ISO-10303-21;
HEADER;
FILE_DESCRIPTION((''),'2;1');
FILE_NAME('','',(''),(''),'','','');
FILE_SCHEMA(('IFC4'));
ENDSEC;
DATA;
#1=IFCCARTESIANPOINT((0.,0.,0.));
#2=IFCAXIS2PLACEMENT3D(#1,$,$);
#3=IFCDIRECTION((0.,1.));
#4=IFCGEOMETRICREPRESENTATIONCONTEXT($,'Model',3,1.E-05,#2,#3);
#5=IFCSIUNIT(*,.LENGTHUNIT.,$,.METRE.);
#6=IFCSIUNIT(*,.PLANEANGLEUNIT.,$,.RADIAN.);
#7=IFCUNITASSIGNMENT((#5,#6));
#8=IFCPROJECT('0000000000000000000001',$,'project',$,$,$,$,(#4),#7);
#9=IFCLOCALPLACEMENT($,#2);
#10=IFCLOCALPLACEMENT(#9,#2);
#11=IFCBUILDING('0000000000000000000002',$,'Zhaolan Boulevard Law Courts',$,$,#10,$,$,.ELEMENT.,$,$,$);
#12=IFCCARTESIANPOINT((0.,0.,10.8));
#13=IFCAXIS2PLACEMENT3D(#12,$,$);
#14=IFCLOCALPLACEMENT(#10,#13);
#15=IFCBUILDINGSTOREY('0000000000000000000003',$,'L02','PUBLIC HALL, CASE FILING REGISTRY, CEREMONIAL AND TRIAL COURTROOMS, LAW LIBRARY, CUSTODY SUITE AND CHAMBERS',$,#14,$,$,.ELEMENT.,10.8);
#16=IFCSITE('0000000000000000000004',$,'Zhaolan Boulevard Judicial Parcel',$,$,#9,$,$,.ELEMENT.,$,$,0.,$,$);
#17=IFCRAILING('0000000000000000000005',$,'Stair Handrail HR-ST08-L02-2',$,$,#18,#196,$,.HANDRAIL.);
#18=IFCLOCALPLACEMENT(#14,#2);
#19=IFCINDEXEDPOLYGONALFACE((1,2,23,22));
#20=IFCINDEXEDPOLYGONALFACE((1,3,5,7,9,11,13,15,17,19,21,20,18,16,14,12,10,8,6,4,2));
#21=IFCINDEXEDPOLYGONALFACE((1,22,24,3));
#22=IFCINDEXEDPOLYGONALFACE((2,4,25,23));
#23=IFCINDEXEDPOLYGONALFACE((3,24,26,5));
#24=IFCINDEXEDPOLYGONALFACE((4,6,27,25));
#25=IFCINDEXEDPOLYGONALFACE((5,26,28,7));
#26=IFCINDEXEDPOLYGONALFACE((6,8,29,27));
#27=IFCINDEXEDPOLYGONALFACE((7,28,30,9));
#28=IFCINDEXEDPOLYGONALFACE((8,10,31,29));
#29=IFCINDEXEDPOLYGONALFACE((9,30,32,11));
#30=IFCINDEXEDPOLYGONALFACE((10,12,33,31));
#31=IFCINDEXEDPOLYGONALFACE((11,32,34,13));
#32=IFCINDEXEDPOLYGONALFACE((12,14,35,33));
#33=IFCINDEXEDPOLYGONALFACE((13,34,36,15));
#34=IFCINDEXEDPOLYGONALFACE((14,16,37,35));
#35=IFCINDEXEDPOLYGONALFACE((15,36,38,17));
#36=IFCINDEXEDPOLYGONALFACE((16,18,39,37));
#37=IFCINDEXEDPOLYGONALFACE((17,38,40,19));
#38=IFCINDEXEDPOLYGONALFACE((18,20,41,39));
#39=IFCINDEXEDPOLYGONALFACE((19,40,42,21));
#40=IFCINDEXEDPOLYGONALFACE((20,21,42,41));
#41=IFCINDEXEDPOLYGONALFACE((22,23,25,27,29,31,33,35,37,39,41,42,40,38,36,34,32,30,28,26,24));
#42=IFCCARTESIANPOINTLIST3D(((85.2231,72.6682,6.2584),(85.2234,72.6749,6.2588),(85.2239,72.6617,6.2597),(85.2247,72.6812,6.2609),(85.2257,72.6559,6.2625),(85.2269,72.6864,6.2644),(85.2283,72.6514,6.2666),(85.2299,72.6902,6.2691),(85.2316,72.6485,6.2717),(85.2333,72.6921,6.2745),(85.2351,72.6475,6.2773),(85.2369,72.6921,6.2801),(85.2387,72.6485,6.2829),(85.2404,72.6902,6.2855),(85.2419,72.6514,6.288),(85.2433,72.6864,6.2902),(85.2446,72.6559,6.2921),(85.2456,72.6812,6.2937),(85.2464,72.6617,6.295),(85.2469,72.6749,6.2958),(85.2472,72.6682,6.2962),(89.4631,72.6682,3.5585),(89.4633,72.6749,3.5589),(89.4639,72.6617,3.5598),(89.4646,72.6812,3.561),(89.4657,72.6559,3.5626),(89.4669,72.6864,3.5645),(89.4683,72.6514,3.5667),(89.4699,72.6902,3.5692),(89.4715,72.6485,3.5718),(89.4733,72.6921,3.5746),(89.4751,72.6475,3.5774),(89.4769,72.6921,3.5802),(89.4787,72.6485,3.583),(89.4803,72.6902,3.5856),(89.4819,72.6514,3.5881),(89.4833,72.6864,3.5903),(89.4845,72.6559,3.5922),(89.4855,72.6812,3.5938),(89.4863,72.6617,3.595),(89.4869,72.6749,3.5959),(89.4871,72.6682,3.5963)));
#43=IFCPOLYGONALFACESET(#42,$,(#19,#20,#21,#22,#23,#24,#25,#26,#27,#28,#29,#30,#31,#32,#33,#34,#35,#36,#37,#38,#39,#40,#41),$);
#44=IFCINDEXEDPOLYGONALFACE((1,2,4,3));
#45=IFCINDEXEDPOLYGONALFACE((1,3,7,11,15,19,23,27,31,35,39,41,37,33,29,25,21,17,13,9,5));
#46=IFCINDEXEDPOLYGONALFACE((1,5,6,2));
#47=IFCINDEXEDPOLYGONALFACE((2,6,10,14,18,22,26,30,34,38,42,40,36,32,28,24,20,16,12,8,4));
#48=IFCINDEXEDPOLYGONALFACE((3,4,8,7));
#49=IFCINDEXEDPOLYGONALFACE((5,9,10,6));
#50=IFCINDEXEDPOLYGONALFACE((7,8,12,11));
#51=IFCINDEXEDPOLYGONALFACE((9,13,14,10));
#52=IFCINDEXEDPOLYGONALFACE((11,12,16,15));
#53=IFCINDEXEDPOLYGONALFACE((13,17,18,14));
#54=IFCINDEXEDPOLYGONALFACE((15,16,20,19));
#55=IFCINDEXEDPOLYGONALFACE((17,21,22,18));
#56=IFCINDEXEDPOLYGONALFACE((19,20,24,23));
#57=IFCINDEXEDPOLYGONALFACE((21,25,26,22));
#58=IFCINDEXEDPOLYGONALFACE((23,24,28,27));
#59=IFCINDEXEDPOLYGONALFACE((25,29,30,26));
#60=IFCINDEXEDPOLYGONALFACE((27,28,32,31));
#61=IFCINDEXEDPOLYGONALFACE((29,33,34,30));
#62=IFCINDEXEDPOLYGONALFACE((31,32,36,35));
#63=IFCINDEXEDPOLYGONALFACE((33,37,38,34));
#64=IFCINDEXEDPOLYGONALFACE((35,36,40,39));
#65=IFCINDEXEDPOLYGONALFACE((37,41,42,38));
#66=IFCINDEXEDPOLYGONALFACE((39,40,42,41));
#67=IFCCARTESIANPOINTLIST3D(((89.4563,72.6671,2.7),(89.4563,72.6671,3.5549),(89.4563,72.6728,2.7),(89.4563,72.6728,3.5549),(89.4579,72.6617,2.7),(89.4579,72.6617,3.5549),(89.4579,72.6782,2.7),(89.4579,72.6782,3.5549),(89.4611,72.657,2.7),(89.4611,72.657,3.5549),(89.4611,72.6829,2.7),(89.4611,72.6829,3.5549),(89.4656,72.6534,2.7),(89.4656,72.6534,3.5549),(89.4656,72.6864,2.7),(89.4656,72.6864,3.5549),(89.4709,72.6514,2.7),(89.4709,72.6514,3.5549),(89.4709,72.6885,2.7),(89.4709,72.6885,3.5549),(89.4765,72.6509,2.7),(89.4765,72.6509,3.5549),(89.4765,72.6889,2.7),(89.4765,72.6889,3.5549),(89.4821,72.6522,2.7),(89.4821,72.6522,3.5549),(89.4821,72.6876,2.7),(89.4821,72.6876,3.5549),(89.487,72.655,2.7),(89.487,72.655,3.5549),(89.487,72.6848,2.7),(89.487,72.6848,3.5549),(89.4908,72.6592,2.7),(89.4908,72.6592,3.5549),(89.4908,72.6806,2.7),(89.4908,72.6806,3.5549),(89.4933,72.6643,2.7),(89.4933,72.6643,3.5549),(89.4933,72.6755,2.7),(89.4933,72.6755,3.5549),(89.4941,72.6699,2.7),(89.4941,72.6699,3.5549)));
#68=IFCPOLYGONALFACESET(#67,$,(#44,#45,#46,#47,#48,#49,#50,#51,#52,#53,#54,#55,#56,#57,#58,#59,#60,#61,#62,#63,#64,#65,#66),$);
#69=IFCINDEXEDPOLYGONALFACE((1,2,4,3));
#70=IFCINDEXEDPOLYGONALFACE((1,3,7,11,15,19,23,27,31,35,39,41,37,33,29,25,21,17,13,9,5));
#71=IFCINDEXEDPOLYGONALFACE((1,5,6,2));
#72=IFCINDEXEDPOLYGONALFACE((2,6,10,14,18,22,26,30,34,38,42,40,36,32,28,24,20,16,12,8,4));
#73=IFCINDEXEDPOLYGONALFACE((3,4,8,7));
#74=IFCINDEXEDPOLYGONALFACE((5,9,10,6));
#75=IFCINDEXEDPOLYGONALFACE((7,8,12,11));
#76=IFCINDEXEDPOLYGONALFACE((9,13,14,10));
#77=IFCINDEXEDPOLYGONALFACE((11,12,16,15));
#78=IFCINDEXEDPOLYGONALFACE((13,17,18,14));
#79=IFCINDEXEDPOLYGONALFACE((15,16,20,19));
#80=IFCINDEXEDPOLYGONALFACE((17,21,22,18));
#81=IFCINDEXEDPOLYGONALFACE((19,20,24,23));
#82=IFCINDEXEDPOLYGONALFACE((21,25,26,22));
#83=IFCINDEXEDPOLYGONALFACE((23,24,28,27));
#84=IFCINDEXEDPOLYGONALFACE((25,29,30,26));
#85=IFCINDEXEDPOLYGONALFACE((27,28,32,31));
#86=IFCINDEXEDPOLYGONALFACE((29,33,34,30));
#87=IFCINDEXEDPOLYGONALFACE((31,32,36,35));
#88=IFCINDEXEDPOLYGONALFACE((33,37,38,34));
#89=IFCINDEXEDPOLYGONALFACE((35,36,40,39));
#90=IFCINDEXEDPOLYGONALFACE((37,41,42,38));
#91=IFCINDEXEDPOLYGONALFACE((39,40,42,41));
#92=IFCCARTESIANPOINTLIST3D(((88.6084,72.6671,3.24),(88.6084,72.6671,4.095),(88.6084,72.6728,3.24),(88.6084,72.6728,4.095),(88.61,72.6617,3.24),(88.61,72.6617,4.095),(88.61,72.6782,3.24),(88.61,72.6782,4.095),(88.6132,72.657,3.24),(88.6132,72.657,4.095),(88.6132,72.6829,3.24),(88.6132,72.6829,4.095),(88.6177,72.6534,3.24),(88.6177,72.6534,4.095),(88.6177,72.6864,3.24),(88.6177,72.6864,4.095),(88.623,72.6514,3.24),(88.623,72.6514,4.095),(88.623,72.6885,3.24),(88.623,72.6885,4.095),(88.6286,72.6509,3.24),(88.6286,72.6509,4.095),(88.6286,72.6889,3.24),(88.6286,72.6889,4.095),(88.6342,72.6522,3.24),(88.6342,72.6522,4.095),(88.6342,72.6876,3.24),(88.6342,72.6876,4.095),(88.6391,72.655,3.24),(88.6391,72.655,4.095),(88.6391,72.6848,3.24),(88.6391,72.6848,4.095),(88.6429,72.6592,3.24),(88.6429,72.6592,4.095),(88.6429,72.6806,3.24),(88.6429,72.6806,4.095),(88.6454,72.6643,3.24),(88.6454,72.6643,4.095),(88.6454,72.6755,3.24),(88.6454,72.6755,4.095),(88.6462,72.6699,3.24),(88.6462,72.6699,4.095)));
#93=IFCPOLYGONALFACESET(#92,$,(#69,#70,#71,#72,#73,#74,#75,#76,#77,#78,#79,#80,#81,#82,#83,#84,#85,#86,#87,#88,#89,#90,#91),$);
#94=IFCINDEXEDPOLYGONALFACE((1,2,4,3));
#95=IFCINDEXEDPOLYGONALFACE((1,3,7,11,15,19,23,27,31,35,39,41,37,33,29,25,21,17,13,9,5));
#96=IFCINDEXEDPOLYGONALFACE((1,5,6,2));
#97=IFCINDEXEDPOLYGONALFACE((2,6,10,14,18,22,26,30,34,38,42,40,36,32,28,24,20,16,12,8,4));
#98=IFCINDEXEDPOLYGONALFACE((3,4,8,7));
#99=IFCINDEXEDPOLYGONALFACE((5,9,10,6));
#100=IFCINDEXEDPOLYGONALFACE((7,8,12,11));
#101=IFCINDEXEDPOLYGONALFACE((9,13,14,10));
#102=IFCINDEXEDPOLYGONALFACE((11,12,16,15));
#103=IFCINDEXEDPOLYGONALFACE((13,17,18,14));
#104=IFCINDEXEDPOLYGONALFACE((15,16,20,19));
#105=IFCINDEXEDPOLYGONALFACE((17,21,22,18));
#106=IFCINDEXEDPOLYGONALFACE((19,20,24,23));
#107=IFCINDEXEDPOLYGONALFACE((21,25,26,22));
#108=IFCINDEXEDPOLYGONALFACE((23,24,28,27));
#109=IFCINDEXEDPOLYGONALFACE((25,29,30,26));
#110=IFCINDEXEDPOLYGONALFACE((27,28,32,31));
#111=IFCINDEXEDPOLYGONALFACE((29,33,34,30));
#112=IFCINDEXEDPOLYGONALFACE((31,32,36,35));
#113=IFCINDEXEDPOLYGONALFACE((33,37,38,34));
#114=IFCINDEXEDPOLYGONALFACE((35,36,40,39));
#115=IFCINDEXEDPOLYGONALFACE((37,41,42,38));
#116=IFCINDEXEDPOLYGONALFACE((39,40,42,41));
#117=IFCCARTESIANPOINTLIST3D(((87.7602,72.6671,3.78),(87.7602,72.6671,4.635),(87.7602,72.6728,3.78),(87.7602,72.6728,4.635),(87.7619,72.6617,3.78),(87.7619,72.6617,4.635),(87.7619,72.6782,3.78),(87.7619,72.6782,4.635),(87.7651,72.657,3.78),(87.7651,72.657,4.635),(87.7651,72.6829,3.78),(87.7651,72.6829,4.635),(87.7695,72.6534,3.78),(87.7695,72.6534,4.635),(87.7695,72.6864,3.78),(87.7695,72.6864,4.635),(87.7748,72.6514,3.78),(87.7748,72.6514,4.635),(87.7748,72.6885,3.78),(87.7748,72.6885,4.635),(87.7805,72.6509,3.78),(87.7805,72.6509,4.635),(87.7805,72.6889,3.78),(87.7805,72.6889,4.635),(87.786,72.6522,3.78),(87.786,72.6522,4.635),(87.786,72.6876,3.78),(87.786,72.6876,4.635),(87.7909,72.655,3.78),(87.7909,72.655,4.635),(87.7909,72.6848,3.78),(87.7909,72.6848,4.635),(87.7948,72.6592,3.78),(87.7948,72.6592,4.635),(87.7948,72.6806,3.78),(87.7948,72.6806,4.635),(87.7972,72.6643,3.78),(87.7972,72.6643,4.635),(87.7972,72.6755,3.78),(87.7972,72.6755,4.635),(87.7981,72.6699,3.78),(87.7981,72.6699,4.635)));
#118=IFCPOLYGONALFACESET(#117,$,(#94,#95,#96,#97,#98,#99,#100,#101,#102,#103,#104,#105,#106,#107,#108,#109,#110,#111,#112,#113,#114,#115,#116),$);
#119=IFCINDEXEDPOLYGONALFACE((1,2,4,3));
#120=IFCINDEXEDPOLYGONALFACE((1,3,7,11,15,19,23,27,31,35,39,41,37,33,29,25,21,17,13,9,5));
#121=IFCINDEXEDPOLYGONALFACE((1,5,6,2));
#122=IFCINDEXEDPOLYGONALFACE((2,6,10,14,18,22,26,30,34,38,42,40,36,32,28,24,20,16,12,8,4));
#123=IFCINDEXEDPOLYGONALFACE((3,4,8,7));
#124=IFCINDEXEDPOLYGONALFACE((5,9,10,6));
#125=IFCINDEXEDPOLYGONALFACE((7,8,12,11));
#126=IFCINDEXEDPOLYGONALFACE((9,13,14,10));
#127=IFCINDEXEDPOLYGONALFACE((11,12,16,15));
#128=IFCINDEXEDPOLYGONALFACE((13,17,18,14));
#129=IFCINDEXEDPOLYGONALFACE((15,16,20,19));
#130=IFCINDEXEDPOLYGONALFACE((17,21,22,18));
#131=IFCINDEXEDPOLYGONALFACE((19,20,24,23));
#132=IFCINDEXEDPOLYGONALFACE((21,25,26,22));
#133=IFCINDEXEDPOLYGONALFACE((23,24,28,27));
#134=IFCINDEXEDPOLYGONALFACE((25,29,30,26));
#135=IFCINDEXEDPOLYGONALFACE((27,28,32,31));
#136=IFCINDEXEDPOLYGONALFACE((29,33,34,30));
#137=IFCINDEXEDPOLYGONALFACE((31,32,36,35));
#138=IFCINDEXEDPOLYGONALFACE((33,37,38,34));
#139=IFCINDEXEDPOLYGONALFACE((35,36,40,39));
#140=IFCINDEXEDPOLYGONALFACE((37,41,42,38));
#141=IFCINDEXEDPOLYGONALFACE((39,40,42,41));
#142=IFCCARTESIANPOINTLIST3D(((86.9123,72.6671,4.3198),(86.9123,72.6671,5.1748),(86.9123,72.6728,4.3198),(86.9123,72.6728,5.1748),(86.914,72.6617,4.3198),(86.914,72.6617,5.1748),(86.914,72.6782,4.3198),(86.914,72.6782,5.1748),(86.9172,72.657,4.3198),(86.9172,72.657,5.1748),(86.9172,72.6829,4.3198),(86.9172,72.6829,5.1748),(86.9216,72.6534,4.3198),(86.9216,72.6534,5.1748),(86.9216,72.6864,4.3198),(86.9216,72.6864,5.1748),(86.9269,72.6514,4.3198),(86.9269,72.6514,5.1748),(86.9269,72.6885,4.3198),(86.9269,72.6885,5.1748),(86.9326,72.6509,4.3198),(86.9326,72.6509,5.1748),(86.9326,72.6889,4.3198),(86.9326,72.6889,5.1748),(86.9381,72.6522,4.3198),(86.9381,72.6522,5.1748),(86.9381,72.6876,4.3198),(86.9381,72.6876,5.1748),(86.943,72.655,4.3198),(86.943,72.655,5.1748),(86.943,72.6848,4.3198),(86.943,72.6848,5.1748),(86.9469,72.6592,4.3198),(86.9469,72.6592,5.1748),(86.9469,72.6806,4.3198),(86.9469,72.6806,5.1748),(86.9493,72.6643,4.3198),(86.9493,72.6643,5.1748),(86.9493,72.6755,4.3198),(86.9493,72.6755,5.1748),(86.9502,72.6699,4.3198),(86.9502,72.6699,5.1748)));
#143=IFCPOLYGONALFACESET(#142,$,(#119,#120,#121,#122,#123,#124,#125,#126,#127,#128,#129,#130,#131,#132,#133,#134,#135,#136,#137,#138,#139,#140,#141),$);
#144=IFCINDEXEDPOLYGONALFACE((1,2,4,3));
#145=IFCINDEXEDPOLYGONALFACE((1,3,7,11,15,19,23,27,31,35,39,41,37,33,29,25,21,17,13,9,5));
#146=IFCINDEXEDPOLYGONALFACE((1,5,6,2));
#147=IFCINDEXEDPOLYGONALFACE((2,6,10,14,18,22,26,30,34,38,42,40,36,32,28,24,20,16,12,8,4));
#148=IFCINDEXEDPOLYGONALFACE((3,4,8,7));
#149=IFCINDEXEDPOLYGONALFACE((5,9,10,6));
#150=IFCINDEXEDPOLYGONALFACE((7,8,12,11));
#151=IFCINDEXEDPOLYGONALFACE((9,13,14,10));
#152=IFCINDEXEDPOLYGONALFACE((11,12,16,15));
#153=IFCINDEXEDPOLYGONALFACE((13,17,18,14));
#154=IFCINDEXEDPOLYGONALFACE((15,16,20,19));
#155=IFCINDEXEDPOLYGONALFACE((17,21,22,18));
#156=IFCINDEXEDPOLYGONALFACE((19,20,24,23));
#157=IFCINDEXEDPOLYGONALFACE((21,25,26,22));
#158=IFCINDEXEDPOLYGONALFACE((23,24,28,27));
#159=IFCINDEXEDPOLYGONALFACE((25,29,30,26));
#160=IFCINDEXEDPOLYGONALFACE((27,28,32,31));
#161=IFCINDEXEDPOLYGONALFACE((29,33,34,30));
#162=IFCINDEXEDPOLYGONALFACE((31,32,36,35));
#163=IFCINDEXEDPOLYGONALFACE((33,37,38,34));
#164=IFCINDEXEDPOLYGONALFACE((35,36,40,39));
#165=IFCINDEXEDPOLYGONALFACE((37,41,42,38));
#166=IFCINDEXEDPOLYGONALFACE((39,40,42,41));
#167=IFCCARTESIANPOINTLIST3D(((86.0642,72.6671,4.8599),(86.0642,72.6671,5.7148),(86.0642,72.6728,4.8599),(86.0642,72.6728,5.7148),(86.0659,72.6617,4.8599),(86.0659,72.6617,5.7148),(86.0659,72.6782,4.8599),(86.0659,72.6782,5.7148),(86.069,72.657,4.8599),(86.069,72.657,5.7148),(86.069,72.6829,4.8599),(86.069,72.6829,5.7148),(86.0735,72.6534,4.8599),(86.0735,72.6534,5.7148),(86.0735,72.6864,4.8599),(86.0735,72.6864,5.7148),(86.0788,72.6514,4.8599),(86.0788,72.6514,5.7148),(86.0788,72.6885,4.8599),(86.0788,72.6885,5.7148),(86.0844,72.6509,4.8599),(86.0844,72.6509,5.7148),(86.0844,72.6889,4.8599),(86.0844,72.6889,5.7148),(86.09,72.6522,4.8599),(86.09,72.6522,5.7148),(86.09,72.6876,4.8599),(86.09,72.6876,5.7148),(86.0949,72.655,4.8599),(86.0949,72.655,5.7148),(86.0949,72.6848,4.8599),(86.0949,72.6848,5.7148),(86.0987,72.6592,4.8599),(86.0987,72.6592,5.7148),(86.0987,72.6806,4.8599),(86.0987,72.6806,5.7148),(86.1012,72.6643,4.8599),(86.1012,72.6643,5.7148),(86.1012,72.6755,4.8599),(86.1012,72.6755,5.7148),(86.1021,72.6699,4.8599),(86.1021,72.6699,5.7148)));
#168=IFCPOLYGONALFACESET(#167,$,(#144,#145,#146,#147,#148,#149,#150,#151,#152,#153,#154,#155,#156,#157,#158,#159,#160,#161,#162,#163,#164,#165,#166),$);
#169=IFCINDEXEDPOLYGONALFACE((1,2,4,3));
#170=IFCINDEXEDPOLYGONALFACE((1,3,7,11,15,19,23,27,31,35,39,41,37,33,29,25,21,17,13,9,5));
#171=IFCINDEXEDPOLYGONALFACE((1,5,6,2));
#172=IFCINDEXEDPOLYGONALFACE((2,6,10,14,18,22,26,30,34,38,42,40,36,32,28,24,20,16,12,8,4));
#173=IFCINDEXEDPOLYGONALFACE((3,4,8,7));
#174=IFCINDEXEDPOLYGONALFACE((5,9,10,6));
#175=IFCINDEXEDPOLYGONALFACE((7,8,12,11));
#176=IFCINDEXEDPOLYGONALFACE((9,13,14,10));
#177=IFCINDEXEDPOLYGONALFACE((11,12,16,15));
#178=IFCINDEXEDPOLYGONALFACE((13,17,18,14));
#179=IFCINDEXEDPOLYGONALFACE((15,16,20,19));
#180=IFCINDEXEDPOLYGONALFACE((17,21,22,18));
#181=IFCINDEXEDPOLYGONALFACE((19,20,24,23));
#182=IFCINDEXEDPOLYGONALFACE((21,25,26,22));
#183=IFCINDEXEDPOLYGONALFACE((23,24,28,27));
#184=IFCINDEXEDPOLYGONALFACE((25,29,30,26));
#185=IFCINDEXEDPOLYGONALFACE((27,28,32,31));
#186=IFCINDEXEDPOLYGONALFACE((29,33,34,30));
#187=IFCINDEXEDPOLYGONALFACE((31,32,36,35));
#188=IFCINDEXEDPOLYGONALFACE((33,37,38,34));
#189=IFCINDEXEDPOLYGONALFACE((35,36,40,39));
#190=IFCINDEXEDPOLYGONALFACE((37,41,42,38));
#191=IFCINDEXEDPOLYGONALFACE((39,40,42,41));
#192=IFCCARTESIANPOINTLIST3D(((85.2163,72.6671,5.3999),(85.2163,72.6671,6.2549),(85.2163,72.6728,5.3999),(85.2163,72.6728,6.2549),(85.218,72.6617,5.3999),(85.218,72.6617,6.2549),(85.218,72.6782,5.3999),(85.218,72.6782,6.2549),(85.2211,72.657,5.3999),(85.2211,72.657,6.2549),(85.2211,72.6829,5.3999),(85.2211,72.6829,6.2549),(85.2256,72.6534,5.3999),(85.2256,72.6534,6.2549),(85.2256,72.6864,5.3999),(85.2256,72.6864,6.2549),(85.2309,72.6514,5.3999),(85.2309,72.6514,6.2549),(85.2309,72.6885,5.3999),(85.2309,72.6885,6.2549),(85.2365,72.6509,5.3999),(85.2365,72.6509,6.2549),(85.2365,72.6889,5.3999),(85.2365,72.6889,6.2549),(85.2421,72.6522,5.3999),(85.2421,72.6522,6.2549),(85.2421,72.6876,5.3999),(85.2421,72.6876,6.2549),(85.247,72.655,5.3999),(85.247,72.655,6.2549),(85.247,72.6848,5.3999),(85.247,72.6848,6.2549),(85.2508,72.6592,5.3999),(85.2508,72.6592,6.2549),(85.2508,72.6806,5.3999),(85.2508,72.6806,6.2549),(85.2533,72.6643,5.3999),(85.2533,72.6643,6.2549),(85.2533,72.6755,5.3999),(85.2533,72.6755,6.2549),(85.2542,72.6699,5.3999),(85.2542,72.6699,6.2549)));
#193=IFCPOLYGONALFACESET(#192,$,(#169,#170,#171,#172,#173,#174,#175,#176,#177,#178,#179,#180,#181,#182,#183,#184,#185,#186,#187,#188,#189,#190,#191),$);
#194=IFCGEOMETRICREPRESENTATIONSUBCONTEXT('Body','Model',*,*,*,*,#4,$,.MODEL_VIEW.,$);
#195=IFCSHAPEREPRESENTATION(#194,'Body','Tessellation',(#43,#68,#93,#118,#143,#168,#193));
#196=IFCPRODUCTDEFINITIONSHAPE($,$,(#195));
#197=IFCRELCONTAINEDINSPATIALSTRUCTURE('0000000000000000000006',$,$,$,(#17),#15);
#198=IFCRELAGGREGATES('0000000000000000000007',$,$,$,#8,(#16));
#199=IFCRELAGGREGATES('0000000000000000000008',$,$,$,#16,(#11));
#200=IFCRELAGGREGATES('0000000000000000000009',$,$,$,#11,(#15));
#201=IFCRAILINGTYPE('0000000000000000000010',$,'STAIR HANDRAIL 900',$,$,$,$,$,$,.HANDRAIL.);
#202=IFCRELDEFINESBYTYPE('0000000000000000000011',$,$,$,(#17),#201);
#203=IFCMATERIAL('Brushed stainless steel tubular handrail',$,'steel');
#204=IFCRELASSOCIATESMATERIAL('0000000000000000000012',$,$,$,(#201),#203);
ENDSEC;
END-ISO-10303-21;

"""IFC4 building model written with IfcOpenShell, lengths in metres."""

from ifc_helpers import new_model, si_unit, direction, frame, origin, origin_2d, place, context, subcontext, project, spatial, circle, extrude, material, type_object, element, save


model = new_model("IFC4")

# Units and contexts
model_context = context("Model", 3, precision=1e-05, world=origin(), true_north=direction((0.0, 1.0)))
body_context = subcontext(model_context, "Body", "Model", "MODEL_VIEW")
ifc_project = project(units=[si_unit("LENGTHUNIT", "METRE"), si_unit("PLANEANGLEUNIT", "RADIAN")], contexts=[model_context])

# Site, building, storey
site_placement = place(None, origin())
site = spatial("IfcSite", under=ifc_project, at=site_placement, Name="Zhaolan Boulevard Judicial Parcel", CompositionType="ELEMENT", RefElevation=0.0)
building_placement = place(site_placement, origin())
building = spatial("IfcBuilding", under=site, at=building_placement, Name="Zhaolan Boulevard Law Courts", CompositionType="ELEMENT")
storey_placement = place(building_placement, frame((0.0, 0.0, 10.8)))
storey = spatial("IfcBuildingStorey", under=building, at=storey_placement, Name="L02", Description="PUBLIC HALL, CASE FILING REGISTRY, CEREMONIAL AND TRIAL COURTROOMS, LAW LIBRARY, CUSTODY SUITE AND CHAMBERS", CompositionType="ELEMENT", Elevation=10.8)

# Railing
ifc_material_1 = material(Name="Brushed stainless steel tubular handrail", Category="steel")
railing_type_1 = type_object("IfcRailingType", Name="STAIR HANDRAIL 900", PredefinedType="HANDRAIL", material=ifc_material_1)
railing_1_placement = place(storey_placement, frame((89.4751, 72.6699, 2.7)))
element("IfcRailing", 1, at=railing_1_placement, inside=storey, type_object=railing_type_1, Name="Stair Handrail HR-ST08-L02-2", PredefinedType="HANDRAIL", context=body_context, shape_type="SweptSolid", body=[
    extrude(circle(Radius=0.0225, at=origin_2d()), frame((0.0, 0.0, 0.8774), z_axis=(-0.843501, 0.0, 0.537127), x_axis=(0.0, -1.0, 0.0)), (0.0, 0.0, 1.0), 5.0266),
    extrude(circle(Radius=0.019, at=origin_2d()), origin(), (0.0, 0.0, 1.0), 0.855),
    extrude(circle(Radius=0.019, at=origin_2d()), frame((-0.8479, 0.0, 0.54)), (0.0, 0.0, 1.0), 0.855),
    extrude(circle(Radius=0.019, at=origin_2d()), frame((-1.696, 0.0, 1.0801)), (0.0, 0.0, 1.0), 0.855),
    extrude(circle(Radius=0.019, at=origin_2d()), frame((-2.5439, 0.0, 1.6199)), (0.0, 0.0, 1.0), 0.855),
    extrude(circle(Radius=0.019, at=origin_2d()), frame((-3.3921, 0.0, 2.1599)), (0.0, 0.0, 1.0), 0.855),
    extrude(circle(Radius=0.019, at=origin_2d()), frame((-4.24, 0.0, 2.7)), (0.0, 0.0, 1.0), 0.855),
])

save(model, "model.ifc")
